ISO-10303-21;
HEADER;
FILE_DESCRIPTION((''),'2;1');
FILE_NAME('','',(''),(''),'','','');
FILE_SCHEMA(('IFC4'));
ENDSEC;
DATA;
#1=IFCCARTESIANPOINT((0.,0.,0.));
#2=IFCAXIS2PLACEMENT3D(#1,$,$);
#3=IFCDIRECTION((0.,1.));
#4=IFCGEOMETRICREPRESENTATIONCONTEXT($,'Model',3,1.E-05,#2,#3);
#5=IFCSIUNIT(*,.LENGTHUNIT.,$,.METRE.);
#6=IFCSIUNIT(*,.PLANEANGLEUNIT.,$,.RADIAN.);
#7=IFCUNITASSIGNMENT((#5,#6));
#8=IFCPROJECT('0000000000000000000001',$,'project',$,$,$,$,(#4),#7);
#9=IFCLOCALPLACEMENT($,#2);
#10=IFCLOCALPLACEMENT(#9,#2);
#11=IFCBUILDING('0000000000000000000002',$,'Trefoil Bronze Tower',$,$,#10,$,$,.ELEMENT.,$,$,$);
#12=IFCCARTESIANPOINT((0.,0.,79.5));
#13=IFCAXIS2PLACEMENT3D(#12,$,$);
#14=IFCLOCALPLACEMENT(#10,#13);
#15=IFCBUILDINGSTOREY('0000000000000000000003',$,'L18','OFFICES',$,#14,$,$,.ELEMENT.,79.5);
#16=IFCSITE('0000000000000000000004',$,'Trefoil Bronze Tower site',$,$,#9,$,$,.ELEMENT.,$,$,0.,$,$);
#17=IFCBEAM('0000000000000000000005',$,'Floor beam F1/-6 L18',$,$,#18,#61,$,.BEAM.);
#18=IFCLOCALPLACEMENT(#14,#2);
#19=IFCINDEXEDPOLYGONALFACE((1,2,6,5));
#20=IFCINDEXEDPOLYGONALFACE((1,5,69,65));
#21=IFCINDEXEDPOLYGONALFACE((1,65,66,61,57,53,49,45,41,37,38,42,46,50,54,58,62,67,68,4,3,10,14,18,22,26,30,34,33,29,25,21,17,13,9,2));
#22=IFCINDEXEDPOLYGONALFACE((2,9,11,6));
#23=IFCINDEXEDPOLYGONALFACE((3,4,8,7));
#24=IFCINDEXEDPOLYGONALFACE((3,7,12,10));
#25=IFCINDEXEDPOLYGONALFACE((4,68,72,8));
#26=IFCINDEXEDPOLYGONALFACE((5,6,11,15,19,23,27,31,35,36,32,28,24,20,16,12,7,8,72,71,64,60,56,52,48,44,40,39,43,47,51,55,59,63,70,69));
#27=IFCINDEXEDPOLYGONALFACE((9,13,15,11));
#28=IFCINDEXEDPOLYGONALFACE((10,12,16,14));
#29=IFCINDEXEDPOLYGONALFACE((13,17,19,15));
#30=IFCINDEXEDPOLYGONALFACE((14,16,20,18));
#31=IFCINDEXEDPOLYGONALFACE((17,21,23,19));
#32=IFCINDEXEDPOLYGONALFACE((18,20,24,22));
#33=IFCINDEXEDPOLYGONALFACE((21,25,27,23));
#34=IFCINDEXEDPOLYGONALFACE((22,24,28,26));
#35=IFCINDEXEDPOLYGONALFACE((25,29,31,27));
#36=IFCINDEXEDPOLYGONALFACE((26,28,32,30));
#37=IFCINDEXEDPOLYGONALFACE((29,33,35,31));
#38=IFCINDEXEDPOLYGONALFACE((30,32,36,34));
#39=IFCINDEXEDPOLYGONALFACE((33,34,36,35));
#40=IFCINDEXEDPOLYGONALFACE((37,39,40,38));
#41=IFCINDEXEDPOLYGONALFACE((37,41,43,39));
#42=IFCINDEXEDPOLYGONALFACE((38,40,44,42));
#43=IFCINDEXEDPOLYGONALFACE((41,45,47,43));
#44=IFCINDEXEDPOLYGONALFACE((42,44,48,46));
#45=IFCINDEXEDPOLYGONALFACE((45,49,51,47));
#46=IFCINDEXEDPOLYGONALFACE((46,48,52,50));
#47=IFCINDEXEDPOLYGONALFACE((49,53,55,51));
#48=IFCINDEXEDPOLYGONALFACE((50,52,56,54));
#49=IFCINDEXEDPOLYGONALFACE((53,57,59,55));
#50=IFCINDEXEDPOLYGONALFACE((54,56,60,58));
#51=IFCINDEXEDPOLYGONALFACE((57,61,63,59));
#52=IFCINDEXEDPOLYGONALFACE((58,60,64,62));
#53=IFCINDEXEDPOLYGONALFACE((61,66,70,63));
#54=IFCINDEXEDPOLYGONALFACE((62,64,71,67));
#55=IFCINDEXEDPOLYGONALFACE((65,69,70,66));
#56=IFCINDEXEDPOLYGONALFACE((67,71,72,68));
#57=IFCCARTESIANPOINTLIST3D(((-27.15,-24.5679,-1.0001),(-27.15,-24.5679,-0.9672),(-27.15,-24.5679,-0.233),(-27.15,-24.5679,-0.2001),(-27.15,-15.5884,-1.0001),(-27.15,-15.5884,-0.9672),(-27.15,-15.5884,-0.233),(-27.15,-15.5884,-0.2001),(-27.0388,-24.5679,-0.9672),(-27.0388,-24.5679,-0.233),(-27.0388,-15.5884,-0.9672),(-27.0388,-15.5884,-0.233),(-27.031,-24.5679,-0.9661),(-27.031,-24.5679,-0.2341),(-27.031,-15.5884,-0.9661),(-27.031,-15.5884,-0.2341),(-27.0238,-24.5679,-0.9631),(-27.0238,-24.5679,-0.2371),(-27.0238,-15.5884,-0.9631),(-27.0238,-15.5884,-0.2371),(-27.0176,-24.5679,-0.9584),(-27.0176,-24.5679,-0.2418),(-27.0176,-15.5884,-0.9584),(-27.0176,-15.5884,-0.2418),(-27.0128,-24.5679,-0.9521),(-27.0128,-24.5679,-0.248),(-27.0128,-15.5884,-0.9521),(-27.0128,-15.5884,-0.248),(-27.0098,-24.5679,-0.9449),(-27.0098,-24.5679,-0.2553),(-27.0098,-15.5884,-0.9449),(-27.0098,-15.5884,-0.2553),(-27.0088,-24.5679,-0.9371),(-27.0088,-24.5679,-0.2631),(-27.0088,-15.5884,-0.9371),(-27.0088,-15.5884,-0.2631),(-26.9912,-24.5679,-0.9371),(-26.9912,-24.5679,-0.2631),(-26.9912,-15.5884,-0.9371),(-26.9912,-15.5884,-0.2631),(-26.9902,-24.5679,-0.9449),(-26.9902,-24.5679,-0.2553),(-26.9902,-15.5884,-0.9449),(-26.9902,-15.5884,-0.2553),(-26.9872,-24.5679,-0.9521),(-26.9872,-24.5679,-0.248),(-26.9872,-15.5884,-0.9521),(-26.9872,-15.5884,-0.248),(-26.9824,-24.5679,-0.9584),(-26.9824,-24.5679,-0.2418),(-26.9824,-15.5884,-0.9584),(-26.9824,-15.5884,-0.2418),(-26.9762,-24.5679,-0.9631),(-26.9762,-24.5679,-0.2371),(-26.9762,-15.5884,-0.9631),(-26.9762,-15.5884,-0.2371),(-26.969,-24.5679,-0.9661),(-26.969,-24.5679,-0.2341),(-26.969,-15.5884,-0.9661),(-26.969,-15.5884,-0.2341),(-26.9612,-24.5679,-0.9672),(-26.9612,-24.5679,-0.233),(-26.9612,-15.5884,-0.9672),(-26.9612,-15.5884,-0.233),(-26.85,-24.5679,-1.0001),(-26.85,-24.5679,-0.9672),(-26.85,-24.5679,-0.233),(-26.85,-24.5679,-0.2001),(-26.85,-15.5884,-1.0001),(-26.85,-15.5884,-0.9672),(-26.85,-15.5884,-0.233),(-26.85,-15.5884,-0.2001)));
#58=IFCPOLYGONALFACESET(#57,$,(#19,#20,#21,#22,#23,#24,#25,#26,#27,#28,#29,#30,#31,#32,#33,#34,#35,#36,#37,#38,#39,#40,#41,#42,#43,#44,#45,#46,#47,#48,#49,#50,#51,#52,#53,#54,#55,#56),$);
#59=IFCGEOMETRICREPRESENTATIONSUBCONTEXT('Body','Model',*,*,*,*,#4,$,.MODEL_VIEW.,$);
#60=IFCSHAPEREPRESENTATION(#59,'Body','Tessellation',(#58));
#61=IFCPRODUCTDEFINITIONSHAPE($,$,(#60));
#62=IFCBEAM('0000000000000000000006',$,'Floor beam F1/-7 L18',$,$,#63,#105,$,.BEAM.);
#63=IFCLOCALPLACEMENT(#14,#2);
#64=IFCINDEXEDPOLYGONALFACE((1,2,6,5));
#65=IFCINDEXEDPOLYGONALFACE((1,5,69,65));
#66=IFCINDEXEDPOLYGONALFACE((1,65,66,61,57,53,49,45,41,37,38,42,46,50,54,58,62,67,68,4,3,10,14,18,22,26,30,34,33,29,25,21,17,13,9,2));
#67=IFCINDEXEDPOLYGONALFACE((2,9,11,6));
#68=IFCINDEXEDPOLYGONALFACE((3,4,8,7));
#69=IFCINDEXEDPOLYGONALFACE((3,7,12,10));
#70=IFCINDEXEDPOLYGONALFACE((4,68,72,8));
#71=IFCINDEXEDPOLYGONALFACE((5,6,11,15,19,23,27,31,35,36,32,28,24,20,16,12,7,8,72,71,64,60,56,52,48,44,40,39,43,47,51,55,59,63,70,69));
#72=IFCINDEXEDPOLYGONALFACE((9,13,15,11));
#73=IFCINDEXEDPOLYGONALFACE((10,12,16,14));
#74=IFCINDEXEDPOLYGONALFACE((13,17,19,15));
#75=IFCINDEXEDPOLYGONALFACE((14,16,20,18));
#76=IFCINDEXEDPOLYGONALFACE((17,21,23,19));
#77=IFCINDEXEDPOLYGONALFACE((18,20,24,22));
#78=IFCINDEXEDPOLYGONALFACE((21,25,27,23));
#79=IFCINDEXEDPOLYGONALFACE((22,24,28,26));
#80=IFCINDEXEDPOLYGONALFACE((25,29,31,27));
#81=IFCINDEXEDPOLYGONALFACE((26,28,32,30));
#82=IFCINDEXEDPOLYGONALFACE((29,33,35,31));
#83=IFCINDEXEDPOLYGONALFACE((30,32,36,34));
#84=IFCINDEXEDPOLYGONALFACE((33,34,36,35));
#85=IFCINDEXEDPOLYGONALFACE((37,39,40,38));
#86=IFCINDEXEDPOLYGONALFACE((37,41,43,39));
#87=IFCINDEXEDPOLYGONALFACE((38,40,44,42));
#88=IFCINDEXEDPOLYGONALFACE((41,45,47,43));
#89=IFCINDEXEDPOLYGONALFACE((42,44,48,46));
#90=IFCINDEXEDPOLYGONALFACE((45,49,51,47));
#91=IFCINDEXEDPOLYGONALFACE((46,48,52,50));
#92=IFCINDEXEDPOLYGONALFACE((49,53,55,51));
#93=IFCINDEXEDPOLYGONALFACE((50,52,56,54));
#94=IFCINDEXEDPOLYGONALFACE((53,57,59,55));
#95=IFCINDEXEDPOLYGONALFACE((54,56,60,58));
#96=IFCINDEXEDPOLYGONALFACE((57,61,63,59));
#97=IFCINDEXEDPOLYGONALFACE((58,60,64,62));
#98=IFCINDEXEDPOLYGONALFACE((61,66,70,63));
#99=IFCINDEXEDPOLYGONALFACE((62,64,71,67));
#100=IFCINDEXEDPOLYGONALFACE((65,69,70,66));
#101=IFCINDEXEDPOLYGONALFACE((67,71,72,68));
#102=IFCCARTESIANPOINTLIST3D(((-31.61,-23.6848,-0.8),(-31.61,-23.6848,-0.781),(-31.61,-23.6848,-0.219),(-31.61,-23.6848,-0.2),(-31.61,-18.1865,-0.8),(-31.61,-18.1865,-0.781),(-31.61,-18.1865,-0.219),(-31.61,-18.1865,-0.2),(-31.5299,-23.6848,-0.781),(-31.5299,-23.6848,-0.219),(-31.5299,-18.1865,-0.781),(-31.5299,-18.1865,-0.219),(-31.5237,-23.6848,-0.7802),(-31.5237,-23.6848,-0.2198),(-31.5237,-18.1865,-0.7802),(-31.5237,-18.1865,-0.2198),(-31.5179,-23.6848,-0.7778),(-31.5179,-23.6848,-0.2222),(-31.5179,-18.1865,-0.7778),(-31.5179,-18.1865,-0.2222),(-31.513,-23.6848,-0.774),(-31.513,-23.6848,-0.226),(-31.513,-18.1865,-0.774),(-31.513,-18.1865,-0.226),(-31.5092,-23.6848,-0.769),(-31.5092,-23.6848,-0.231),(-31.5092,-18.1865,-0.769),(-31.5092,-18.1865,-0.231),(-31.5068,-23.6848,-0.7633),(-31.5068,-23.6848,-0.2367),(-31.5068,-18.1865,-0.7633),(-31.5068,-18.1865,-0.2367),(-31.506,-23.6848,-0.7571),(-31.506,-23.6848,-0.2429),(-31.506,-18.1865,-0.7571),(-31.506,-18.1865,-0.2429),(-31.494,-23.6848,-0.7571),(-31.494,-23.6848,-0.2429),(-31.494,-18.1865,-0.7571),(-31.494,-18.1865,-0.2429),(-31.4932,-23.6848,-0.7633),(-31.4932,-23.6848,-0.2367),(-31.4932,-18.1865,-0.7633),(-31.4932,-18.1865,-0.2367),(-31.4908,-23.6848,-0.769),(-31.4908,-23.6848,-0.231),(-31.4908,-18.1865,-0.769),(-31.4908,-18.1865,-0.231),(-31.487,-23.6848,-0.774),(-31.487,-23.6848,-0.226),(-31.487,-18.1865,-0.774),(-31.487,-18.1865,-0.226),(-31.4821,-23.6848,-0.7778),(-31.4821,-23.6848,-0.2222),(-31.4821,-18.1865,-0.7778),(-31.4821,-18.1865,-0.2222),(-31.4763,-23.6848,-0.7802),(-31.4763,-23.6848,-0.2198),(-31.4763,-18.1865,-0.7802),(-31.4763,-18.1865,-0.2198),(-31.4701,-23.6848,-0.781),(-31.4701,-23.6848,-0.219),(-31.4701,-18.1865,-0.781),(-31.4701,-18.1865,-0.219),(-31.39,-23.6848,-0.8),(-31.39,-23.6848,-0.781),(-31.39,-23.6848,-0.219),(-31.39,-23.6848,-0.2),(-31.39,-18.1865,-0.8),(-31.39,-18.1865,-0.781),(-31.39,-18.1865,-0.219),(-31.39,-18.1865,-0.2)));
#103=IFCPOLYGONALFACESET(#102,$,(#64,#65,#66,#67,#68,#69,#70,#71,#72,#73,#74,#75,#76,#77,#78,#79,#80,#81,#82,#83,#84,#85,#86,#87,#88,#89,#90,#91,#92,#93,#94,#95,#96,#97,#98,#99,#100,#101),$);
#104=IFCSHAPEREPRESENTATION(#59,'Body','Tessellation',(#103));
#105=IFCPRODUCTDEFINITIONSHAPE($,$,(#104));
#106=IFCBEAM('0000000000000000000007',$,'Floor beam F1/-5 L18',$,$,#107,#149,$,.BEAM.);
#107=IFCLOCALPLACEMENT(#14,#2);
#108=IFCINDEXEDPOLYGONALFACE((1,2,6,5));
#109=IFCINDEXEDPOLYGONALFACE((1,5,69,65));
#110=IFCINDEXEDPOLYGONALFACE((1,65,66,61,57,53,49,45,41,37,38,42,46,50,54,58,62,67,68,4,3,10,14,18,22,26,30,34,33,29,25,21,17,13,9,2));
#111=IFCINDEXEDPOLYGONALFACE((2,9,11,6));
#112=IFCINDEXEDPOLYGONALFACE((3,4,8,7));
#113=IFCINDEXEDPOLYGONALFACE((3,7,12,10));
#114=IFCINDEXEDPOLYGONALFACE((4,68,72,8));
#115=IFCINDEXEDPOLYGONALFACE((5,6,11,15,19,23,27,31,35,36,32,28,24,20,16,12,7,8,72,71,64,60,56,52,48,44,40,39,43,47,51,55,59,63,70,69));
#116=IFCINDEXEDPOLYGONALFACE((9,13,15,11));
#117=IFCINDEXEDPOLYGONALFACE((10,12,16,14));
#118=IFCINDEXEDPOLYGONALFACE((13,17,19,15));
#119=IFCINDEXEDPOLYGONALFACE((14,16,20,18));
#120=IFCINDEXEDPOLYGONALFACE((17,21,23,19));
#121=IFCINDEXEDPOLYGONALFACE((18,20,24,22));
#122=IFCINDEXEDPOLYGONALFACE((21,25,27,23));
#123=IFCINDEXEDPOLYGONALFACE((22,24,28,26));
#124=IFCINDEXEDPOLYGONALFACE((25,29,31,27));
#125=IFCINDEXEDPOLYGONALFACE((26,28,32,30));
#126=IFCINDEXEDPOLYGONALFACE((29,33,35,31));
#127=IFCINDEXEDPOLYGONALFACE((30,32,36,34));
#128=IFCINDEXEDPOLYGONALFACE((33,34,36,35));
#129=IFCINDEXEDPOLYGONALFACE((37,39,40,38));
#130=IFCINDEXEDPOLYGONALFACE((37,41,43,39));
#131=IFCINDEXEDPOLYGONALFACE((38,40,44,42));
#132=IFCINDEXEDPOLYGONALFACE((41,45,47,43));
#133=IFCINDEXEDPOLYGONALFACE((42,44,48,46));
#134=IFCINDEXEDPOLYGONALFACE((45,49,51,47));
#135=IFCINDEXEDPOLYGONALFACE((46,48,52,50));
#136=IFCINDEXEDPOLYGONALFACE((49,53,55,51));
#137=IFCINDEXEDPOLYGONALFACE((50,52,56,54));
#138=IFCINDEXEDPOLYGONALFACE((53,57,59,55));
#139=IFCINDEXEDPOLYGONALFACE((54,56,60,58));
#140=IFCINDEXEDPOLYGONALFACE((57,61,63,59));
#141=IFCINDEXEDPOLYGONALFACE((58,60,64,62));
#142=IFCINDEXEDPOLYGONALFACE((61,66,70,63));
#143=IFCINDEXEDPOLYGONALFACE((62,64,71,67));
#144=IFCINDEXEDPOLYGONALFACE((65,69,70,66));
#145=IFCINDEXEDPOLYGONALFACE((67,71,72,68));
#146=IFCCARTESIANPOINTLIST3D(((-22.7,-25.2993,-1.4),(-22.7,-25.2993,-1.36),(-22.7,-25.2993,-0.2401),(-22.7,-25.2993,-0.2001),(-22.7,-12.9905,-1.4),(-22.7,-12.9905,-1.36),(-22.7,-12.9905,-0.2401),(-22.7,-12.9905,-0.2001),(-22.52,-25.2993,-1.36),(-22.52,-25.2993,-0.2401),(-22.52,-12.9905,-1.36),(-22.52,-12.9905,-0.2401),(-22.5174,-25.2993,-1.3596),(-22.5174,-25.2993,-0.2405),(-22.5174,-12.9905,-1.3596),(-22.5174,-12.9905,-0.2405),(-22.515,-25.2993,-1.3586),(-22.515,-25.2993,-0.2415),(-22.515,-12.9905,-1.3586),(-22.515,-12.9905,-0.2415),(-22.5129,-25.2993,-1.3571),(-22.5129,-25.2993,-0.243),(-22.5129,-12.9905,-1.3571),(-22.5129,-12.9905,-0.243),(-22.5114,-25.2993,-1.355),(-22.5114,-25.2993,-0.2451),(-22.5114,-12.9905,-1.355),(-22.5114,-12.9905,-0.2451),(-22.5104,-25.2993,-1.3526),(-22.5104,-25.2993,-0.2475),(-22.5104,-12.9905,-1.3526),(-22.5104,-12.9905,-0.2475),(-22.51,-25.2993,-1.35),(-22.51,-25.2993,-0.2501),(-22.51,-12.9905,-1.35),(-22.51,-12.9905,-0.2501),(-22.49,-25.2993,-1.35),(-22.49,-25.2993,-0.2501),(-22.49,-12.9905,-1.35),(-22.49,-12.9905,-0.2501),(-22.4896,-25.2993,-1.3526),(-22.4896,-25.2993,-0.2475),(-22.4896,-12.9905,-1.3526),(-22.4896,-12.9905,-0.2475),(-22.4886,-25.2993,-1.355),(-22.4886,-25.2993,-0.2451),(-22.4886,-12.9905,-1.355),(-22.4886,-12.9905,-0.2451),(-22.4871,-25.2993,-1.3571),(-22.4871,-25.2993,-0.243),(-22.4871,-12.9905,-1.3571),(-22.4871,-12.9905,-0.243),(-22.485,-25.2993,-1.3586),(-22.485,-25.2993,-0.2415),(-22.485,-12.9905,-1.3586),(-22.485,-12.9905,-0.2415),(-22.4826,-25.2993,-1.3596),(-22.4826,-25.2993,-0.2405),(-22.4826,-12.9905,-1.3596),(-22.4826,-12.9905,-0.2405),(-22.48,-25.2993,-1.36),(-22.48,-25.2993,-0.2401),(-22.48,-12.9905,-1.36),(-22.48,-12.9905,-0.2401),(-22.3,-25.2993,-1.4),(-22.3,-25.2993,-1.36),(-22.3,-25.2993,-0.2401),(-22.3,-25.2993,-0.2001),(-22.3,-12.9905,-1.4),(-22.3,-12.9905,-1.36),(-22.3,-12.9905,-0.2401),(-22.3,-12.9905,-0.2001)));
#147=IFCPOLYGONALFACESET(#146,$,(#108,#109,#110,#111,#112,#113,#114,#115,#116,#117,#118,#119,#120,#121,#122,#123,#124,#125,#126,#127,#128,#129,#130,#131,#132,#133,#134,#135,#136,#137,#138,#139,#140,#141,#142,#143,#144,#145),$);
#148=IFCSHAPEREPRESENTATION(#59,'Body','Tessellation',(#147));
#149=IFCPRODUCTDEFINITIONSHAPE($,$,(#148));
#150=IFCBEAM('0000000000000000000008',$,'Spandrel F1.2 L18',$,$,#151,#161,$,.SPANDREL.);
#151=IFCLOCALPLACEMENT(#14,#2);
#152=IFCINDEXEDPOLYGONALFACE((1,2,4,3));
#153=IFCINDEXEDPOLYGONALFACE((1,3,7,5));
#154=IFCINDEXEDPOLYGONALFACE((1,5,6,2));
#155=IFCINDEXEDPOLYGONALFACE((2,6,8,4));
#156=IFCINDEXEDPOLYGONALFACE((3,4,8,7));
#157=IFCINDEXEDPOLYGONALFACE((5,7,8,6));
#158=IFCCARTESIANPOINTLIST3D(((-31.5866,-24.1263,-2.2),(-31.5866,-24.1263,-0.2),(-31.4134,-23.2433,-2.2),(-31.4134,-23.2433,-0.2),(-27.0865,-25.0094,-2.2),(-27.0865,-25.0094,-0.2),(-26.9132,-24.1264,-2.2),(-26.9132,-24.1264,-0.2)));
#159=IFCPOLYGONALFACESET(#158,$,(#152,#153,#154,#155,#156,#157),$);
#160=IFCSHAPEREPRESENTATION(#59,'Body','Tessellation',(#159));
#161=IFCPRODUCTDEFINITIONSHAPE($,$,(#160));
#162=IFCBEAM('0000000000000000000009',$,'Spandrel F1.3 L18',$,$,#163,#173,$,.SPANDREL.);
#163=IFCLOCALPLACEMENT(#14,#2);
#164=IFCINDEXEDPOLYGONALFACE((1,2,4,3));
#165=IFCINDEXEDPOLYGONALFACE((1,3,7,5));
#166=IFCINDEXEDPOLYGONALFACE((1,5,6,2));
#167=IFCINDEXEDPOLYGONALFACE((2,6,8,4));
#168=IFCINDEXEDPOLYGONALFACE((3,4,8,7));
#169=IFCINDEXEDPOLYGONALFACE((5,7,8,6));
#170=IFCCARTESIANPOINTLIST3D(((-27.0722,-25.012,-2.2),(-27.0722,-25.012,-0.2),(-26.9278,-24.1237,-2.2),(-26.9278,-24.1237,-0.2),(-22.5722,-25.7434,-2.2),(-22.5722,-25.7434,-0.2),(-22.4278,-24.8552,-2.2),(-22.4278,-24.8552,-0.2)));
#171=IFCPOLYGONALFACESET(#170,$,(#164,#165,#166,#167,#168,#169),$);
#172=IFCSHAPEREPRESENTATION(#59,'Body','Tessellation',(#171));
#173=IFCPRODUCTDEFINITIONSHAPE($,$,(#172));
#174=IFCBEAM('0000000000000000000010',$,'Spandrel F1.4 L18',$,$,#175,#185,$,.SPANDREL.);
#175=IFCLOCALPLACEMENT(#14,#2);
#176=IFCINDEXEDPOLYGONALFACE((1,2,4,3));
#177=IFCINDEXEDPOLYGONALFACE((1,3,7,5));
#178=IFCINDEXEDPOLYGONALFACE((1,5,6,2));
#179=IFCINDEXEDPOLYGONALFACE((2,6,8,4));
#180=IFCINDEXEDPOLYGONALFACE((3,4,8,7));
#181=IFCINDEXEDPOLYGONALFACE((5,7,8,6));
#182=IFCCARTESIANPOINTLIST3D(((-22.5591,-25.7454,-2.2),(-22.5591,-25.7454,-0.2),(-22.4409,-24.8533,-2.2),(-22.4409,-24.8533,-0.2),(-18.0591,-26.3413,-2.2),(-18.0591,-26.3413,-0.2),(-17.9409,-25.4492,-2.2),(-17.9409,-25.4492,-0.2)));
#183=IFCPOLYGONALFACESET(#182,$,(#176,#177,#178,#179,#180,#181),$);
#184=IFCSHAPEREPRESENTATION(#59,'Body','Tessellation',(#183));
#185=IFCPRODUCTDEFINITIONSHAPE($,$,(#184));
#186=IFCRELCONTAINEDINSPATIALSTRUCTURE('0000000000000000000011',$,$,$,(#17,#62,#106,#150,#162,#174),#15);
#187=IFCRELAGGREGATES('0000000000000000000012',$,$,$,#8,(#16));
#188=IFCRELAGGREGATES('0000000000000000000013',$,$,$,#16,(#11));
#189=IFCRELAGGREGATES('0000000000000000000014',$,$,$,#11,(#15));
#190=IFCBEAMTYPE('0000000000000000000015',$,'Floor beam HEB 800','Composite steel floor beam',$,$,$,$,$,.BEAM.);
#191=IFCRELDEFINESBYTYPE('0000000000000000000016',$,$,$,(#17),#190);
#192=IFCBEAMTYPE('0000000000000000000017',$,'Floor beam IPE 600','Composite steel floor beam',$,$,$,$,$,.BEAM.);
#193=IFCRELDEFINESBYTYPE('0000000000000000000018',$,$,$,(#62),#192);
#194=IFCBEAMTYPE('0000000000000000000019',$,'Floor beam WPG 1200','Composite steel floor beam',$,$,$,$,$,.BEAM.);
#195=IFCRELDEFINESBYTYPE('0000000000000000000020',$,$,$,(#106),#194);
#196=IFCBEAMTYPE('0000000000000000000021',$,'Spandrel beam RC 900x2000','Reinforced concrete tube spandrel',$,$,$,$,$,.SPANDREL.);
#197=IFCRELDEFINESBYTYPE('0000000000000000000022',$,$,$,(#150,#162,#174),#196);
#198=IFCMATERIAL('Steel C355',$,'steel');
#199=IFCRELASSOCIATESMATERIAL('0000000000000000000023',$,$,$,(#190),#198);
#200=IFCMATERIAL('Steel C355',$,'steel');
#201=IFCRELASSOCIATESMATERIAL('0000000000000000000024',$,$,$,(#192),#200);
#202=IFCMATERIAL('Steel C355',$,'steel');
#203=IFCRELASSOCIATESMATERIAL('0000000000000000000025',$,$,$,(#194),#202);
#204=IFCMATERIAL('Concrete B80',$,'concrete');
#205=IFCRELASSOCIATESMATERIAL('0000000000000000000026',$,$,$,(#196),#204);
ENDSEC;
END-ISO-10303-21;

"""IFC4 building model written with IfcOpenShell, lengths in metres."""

from ifc_helpers import new_model, si_unit, direction, frame, origin, origin_2d, place, context, subcontext, project, spatial, rectangle, i_section, extrude, material, material_profile, profile_set, type_object, element, save


model = new_model("IFC4")

# Units and contexts
model_context = context("Model", 3, precision=1e-05, world=origin(), true_north=direction((0.0, 1.0)))
body_context = subcontext(model_context, "Body", "Model", "MODEL_VIEW")
ifc_project = project(units=[si_unit("LENGTHUNIT", "METRE"), si_unit("PLANEANGLEUNIT", "RADIAN")], contexts=[model_context])

# Site, building, storey
site_placement = place(None, origin())
site = spatial("IfcSite", under=ifc_project, at=site_placement, Name="Trefoil Bronze Tower site", CompositionType="ELEMENT", RefElevation=0.0)
building_placement = place(site_placement, origin())
building = spatial("IfcBuilding", under=site, at=building_placement, Name="Trefoil Bronze Tower", CompositionType="ELEMENT")
storey_placement = place(building_placement, frame((0.0, 0.0, 79.5)))
storey = spatial("IfcBuildingStorey", under=building, at=storey_placement, Name="L18", Description="OFFICES", CompositionType="ELEMENT", Elevation=79.5)

# Beams
ifc_material_1 = material(Name="Steel C355", Category="steel")
ifc_material_profile_1 = material_profile(ifc_material_1, i_section(OverallWidth=0.3, OverallDepth=0.8, WebThickness=0.0176, FlangeThickness=0.033, FilletRadius=0.03, at=origin_2d()), Name="HEB 800")
ifc_profile_set_1 = profile_set([ifc_material_profile_1], Name="Steel C355")
beam_type_1 = type_object("IfcBeamType", Name="Floor beam HEB 800", Description="Composite steel floor beam", PredefinedType="BEAM", material=ifc_profile_set_1)
beam_1_placement = place(storey_placement, frame((-27.0, -24.5679, -0.6001), z_axis=(0.0, 1.0, 0.0), x_axis=(-1.0, 0.0, 0.0)))
element("IfcBeam", 1, at=beam_1_placement, inside=storey, type_object=beam_type_1, Name="Floor beam F1/-6 L18", PredefinedType="BEAM", context=body_context, shape_type="SweptSolid", body=[
    extrude(i_section(OverallWidth=0.3, OverallDepth=0.8, WebThickness=0.0176, FlangeThickness=0.033, FilletRadius=0.03, at=origin_2d()), origin(), (0.0, 0.0, 1.0), 8.9795),
])
ifc_material_2 = material(Name="Steel C355", Category="steel")
ifc_material_profile_2 = material_profile(ifc_material_2, i_section(OverallWidth=0.22, OverallDepth=0.6001, WebThickness=0.012, FlangeThickness=0.019, FilletRadius=0.0239, at=origin_2d()), Name="IPE 600")
ifc_profile_set_2 = profile_set([ifc_material_profile_2], Name="Steel C355")
beam_type_2 = type_object("IfcBeamType", Name="Floor beam IPE 600", Description="Composite steel floor beam", PredefinedType="BEAM", material=ifc_profile_set_2)
beam_2_placement = place(storey_placement, frame((-31.5, -23.6848, -0.5), z_axis=(0.0, 1.0, 0.0), x_axis=(-1.0, 0.0, 0.0)))
element("IfcBeam", 2, at=beam_2_placement, inside=storey, type_object=beam_type_2, Name="Floor beam F1/-7 L18", PredefinedType="BEAM", context=body_context, shape_type="SweptSolid", body=[
    extrude(i_section(OverallWidth=0.22, OverallDepth=0.6001, WebThickness=0.012, FlangeThickness=0.019, FilletRadius=0.0239, at=origin_2d()), origin(), (0.0, 0.0, 1.0), 5.4983),
])
ifc_material_3 = material(Name="Steel C355", Category="steel")
ifc_material_profile_3 = material_profile(ifc_material_3, i_section(OverallWidth=0.3999, OverallDepth=1.2, WebThickness=0.02, FlangeThickness=0.04, FilletRadius=0.01, at=origin_2d()), Name="WPG 1200")
ifc_profile_set_3 = profile_set([ifc_material_profile_3], Name="Steel C355")
beam_type_3 = type_object("IfcBeamType", Name="Floor beam WPG 1200", Description="Composite steel floor beam", PredefinedType="BEAM", material=ifc_profile_set_3)
beam_3_placement = place(storey_placement, frame((-22.5, -25.2993, -0.8), z_axis=(0.0, 1.0, 0.0), x_axis=(-1.0, 0.0, 0.0)))
element("IfcBeam", 3, at=beam_3_placement, inside=storey, type_object=beam_type_3, Name="Floor beam F1/-5 L18", PredefinedType="BEAM", context=body_context, shape_type="SweptSolid", body=[
    extrude(i_section(OverallWidth=0.3999, OverallDepth=1.2, WebThickness=0.02, FlangeThickness=0.04, FilletRadius=0.01, at=origin_2d()), origin(), (0.0, 0.0, 1.0), 12.3088),
])
ifc_material_4 = material(Name="Concrete B80", Category="concrete")
ifc_material_profile_4 = material_profile(ifc_material_4, rectangle(XDim=0.8999, YDim=2.0, at=origin_2d()), Name="RC 900x2000")
ifc_profile_set_4 = profile_set([ifc_material_profile_4], Name="Concrete B80")
beam_type_4 = type_object("IfcBeamType", Name="Spandrel beam RC 900x2000", Description="Reinforced concrete tube spandrel", PredefinedType="SPANDREL", material=ifc_profile_set_4)
beam_4_placement = place(storey_placement, frame((-31.5, -23.6848, -1.2), z_axis=(0.981285, -0.192562, 0.0), x_axis=(0.192562, 0.981285, 0.0)))
element("IfcBeam", 4, at=beam_4_placement, inside=storey, type_object=beam_type_4, Name="Spandrel F1.2 L18", PredefinedType="SPANDREL", context=body_context, shape_type="SweptSolid", body=[
    extrude(rectangle(XDim=0.8999, YDim=2.0, at=origin_2d()), origin(), (0.0, 0.0, 1.0), 4.5859),
])
beam_5_placement = place(storey_placement, frame((-27.0, -24.5679, -1.2), z_axis=(0.987046, -0.160438, 0.0), x_axis=(0.160438, 0.987046, 0.0)))
element("IfcBeam", 5, at=beam_5_placement, inside=storey, type_object=beam_type_4, Name="Spandrel F1.3 L18", PredefinedType="SPANDREL", context=body_context, shape_type="SweptSolid", body=[
    extrude(rectangle(XDim=0.8999, YDim=2.0, at=origin_2d()), origin(), (0.0, 0.0, 1.0), 4.5591),
])
beam_6_placement = place(storey_placement, frame((-22.5, -25.2993, -1.2), z_axis=(0.991344, -0.131286, 0.0), x_axis=(0.131286, 0.991344, 0.0)))
element("IfcBeam", 6, at=beam_6_placement, inside=storey, type_object=beam_type_4, Name="Spandrel F1.4 L18", PredefinedType="SPANDREL", context=body_context, shape_type="SweptSolid", body=[
    extrude(rectangle(XDim=0.8999, YDim=2.0, at=origin_2d()), origin(), (0.0, 0.0, 1.0), 4.5393),
])

save(model, "model.ifc")
